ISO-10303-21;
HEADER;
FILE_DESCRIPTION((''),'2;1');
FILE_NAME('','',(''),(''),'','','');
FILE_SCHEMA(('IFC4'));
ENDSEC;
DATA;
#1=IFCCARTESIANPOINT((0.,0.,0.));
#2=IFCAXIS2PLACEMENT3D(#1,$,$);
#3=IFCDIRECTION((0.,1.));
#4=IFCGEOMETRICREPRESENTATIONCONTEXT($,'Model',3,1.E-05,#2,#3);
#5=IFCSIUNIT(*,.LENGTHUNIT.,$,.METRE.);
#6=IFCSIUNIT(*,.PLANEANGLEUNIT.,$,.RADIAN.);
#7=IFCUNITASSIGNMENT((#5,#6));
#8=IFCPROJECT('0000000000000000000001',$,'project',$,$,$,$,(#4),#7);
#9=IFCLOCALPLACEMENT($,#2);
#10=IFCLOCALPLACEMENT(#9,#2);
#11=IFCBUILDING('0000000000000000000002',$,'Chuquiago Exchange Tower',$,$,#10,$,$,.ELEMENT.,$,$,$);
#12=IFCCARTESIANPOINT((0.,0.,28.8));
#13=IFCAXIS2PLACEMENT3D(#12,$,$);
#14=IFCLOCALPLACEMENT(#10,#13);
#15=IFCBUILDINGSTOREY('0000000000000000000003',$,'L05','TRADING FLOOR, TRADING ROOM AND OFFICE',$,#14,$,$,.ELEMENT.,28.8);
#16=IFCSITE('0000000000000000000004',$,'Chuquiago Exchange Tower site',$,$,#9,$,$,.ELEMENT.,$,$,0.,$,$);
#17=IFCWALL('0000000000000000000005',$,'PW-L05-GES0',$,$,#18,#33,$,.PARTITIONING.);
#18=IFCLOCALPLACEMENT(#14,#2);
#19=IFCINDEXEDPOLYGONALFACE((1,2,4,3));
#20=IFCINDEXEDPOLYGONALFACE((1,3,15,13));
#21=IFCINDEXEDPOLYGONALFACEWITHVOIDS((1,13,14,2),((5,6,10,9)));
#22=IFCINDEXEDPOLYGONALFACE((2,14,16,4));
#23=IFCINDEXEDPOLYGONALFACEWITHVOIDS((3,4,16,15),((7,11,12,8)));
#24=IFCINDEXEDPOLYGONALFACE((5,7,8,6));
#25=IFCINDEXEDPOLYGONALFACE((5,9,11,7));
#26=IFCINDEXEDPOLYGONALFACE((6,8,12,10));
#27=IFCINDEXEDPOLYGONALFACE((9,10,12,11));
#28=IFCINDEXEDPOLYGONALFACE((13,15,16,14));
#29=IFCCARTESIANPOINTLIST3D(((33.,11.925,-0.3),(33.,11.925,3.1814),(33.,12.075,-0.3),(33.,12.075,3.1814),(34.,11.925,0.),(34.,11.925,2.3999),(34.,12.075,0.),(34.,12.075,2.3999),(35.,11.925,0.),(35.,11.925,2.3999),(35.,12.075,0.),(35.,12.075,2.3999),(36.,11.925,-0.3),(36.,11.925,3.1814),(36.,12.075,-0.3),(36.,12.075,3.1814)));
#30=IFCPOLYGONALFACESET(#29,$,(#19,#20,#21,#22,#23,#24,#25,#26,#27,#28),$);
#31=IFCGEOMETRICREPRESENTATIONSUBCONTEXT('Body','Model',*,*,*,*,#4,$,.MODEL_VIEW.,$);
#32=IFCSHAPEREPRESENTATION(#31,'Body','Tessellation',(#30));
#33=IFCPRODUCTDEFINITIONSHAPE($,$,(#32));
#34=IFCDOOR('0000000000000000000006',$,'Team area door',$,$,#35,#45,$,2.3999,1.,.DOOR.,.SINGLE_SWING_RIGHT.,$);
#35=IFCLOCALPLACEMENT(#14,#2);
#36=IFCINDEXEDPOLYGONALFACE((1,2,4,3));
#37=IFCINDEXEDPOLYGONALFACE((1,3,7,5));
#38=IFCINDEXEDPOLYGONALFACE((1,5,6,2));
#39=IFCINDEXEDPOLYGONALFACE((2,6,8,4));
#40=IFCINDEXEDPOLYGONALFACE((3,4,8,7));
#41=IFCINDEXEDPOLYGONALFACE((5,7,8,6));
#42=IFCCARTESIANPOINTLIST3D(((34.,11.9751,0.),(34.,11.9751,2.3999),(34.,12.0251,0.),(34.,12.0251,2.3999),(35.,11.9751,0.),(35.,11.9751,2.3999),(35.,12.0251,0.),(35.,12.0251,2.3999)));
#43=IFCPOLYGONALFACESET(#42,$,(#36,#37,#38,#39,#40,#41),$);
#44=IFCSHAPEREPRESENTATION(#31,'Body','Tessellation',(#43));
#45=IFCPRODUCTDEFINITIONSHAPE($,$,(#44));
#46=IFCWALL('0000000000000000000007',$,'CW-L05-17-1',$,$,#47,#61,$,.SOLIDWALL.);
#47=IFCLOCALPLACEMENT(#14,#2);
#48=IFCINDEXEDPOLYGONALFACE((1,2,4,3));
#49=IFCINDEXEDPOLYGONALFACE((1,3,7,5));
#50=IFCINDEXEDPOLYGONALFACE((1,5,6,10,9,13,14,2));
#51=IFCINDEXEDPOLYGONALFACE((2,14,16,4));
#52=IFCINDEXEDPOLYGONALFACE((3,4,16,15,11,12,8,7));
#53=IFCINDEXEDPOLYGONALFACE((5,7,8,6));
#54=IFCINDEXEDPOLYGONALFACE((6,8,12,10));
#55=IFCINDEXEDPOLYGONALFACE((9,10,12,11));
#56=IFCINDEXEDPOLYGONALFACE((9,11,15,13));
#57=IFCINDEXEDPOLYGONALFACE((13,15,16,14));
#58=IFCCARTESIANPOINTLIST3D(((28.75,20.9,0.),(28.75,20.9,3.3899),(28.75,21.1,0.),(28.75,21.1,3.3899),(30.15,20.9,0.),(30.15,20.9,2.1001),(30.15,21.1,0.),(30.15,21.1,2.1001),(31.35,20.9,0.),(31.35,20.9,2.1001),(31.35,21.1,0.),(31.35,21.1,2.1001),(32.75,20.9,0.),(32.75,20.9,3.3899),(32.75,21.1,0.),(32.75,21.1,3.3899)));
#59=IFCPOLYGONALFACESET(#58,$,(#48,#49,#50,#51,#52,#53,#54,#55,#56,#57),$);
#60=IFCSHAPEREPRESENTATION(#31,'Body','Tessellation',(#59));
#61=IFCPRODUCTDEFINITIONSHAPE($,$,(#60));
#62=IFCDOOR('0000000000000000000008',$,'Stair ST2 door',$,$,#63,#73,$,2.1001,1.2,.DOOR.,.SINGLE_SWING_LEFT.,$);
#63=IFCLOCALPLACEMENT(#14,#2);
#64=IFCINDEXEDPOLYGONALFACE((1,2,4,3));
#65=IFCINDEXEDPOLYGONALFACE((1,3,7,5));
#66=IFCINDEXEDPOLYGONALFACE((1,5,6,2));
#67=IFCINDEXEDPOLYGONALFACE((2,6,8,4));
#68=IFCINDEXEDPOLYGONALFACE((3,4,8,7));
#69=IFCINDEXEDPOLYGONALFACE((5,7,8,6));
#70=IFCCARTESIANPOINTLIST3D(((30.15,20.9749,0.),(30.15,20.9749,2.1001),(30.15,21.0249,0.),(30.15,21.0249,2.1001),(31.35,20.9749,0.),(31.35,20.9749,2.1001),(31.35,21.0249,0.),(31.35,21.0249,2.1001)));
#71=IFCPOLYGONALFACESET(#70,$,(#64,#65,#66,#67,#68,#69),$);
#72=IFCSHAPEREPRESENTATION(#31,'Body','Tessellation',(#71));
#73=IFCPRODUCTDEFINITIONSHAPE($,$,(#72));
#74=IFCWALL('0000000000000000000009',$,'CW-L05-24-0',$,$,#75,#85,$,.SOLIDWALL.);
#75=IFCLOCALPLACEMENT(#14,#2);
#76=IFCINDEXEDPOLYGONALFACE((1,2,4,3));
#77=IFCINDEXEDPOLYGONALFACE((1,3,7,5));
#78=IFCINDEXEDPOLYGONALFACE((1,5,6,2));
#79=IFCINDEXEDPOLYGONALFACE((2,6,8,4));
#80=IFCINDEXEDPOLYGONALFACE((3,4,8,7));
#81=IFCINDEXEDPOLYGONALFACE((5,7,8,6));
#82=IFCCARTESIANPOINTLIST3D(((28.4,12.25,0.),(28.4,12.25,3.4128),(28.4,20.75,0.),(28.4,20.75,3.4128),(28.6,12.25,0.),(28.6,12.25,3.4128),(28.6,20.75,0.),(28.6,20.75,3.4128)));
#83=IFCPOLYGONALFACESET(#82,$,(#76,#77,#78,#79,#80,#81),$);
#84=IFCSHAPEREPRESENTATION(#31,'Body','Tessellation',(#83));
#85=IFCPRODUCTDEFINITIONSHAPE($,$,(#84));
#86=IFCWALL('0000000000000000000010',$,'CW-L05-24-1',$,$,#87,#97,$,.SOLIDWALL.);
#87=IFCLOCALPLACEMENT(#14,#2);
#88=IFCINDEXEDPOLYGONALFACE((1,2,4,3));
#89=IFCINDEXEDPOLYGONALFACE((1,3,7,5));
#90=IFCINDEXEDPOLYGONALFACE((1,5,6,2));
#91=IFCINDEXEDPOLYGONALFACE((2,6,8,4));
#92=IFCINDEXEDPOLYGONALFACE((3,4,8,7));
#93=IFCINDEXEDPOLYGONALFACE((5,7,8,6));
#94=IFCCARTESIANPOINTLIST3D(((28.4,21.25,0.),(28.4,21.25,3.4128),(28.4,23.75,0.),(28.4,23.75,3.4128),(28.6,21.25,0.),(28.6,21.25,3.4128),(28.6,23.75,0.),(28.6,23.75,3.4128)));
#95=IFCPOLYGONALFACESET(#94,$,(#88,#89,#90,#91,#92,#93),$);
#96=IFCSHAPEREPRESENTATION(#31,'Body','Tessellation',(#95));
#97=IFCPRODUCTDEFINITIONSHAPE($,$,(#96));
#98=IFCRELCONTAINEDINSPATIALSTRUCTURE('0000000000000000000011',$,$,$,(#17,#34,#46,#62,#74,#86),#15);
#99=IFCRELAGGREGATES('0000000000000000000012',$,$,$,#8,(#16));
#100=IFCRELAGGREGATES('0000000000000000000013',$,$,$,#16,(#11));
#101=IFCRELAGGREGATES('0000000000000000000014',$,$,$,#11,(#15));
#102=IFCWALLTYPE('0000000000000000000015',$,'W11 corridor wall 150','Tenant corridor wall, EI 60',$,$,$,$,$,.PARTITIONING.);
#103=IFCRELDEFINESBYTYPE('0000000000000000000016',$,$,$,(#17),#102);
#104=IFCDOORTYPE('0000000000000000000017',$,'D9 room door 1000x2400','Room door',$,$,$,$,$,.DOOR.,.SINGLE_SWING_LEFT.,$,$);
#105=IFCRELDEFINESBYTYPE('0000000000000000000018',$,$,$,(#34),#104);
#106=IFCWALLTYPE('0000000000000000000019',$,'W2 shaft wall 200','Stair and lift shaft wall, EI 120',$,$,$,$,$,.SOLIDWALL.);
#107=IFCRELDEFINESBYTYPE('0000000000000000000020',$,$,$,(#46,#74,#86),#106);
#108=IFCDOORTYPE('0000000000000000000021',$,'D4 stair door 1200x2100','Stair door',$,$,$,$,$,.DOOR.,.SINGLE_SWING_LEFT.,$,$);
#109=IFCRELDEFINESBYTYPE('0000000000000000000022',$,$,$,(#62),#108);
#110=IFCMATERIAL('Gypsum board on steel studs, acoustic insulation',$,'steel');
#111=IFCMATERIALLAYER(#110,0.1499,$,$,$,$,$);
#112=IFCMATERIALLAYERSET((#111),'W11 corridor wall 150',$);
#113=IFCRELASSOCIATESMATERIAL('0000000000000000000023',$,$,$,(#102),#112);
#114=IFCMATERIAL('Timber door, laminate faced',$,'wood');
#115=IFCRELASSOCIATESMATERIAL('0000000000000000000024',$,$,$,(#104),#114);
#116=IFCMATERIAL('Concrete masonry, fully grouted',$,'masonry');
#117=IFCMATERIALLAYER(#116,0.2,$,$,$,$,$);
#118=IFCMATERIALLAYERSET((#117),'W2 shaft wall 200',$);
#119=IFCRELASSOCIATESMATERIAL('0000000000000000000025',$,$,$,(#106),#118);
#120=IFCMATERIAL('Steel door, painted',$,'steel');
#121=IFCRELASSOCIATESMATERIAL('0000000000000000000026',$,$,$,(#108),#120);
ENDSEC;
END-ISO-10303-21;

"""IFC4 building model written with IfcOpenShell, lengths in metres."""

from ifc_helpers import new_model, si_unit, direction, frame, frame_2d, origin, place, context, subcontext, project, spatial, rectangle, extrude, material, layer, layer_set, type_object, element, fill, save


model = new_model("IFC4")

# Units and contexts
model_context = context("Model", 3, precision=1e-05, world=origin(), true_north=direction((0.0, 1.0)))
body_context = subcontext(model_context, "Body", "Model", "MODEL_VIEW")
ifc_project = project(units=[si_unit("LENGTHUNIT", "METRE"), si_unit("PLANEANGLEUNIT", "RADIAN")], contexts=[model_context])

# Site, building, storey
site_placement = place(None, origin())
site = spatial("IfcSite", under=ifc_project, at=site_placement, Name="Chuquiago Exchange Tower site", CompositionType="ELEMENT", RefElevation=0.0)
building_placement = place(site_placement, origin())
building = spatial("IfcBuilding", under=site, at=building_placement, Name="Chuquiago Exchange Tower", CompositionType="ELEMENT")
storey_placement = place(building_placement, frame((0.0, 0.0, 28.8)))
storey = spatial("IfcBuildingStorey", under=building, at=storey_placement, Name="L05", Description="TRADING FLOOR, TRADING ROOM AND OFFICE", CompositionType="ELEMENT", Elevation=28.8)

# Walls, openings, doors
ifc_material_1 = material(Name="Gypsum board on steel studs, acoustic insulation", Category="steel")
ifc_layer_1 = layer(ifc_material_1, 0.1499)
ifc_layer_set_1 = layer_set([ifc_layer_1], Name="W11 corridor wall 150")
wall_type_1 = type_object("IfcWallType", Name="W11 corridor wall 150", Description="Tenant corridor wall, EI 60", PredefinedType="PARTITIONING", material=ifc_layer_set_1)
wall_1_placement = place(storey_placement, frame((33.0, 12.0, -0.3), z_axis=(0.0, 0.0, 1.0), x_axis=(1.0, 0.0, 0.0)))
wall_1 = element("IfcWall", 1, at=wall_1_placement, inside=storey, type_object=wall_type_1, Name="PW-L05-GES0", PredefinedType="PARTITIONING", context=body_context, shape_type="SweptSolid", body=[
    extrude(rectangle(XDim=3.0, YDim=0.1499, at=frame_2d((1.5, 0.0))), origin(), (0.0, 0.0, 1.0), 3.4814),
])
opening_1_placement = place(wall_1_placement, frame((1.0, 0.0, 0.3)))
opening_1 = element("IfcOpeningElement", 2, at=opening_1_placement, cuts=wall_1, PredefinedType="OPENING", context=body_context, shape_type="SweptSolid", body=[
    extrude(rectangle(XDim=1.0, YDim=2.3999, at=frame_2d((0.5, 1.2))), frame((0.0, 0.085, 0.0), z_axis=(0.0, -1.0, 0.0), x_axis=(1.0, 0.0, 0.0)), (0.0, 0.0, 1.0), 0.1699),
])
ifc_material_2 = material(Name="Timber door, laminate faced", Category="wood")
door_type_1 = type_object("IfcDoorType", Name="D9 room door 1000x2400", Description="Room door", OperationType="SINGLE_SWING_LEFT", PredefinedType="DOOR", material=ifc_material_2)
door_1_placement = place(opening_1_placement, frame((1.0, 0.0, 0.0), z_axis=(0.0, 0.0, 1.0), x_axis=(-1.0, 0.0, 0.0)))
door_1 = element("IfcDoor", 3, at=door_1_placement, inside=storey, type_object=door_type_1, Name="Team area door", OperationType="SINGLE_SWING_RIGHT", OverallHeight=2.3999, OverallWidth=1.0, PredefinedType="DOOR", context=body_context, shape_type="SweptSolid", body=[
    extrude(rectangle(XDim=1.0, YDim=2.3999, at=frame_2d((0.5, 1.2))), frame((0.0, 0.0249, 0.0), z_axis=(0.0, -1.0, 0.0), x_axis=(1.0, 0.0, 0.0)), (0.0, 0.0, 1.0), 0.05),
])
fill(opening_1, door_1)
ifc_material_3 = material(Name="Concrete masonry, fully grouted", Category="masonry")
ifc_layer_2 = layer(ifc_material_3, 0.2)
ifc_layer_set_2 = layer_set([ifc_layer_2], Name="W2 shaft wall 200")
wall_type_2 = type_object("IfcWallType", Name="W2 shaft wall 200", Description="Stair and lift shaft wall, EI 120", PredefinedType="SOLIDWALL", material=ifc_layer_set_2)
wall_2_placement = place(storey_placement, frame((28.75, 21.0, 0.0), z_axis=(0.0, 0.0, 1.0), x_axis=(1.0, 0.0, 0.0)))
wall_2 = element("IfcWall", 4, at=wall_2_placement, inside=storey, type_object=wall_type_2, Name="CW-L05-17-1", PredefinedType="SOLIDWALL", context=body_context, shape_type="SweptSolid", body=[
    extrude(rectangle(XDim=4.0, YDim=0.2, at=frame_2d((2.0, 0.0))), origin(), (0.0, 0.0, 1.0), 3.3899),
])
opening_2_placement = place(wall_2_placement, frame((1.3999, 0.0, 0.0)))
opening_2 = element("IfcOpeningElement", 5, at=opening_2_placement, cuts=wall_2, PredefinedType="OPENING", context=body_context, shape_type="SweptSolid", body=[
    extrude(rectangle(XDim=1.2, YDim=2.1001, at=frame_2d((0.6001, 1.05))), frame((0.0, 0.1099, 0.0), z_axis=(0.0, -1.0, 0.0), x_axis=(1.0, 0.0, 0.0)), (0.0, 0.0, 1.0), 0.22),
])
ifc_material_4 = material(Name="Steel door, painted", Category="steel")
door_type_2 = type_object("IfcDoorType", Name="D4 stair door 1200x2100", Description="Stair door", OperationType="SINGLE_SWING_LEFT", PredefinedType="DOOR", material=ifc_material_4)
door_2_placement = place(opening_2_placement, origin())
door_2 = element("IfcDoor", 6, at=door_2_placement, inside=storey, type_object=door_type_2, Name="Stair ST2 door", OperationType="SINGLE_SWING_LEFT", OverallHeight=2.1001, OverallWidth=1.2, PredefinedType="DOOR", context=body_context, shape_type="SweptSolid", body=[
    extrude(rectangle(XDim=1.2, YDim=2.1001, at=frame_2d((0.6001, 1.05))), frame((0.0, 0.0249, 0.0), z_axis=(0.0, -1.0, 0.0), x_axis=(1.0, 0.0, 0.0)), (0.0, 0.0, 1.0), 0.05),
])
fill(opening_2, door_2)

# Walls
wall_3_placement = place(storey_placement, frame((28.5, 12.25, 0.0), z_axis=(0.0, 0.0, 1.0), x_axis=(0.0, 1.0, 0.0)))
element("IfcWall", 7, at=wall_3_placement, inside=storey, type_object=wall_type_2, Name="CW-L05-24-0", PredefinedType="SOLIDWALL", context=body_context, shape_type="SweptSolid", body=[
    extrude(rectangle(XDim=8.5, YDim=0.2, at=frame_2d((4.25, 0.0))), origin(), (0.0, 0.0, 1.0), 3.4128),
])
wall_4_placement = place(storey_placement, frame((28.5, 21.25, 0.0), z_axis=(0.0, 0.0, 1.0), x_axis=(0.0, 1.0, 0.0)))
element("IfcWall", 8, at=wall_4_placement, inside=storey, type_object=wall_type_2, Name="CW-L05-24-1", PredefinedType="SOLIDWALL", context=body_context, shape_type="SweptSolid", body=[
    extrude(rectangle(XDim=2.5, YDim=0.2, at=frame_2d((1.25, 0.0))), origin(), (0.0, 0.0, 1.0), 3.4128),
])

save(model, "model.ifc")
